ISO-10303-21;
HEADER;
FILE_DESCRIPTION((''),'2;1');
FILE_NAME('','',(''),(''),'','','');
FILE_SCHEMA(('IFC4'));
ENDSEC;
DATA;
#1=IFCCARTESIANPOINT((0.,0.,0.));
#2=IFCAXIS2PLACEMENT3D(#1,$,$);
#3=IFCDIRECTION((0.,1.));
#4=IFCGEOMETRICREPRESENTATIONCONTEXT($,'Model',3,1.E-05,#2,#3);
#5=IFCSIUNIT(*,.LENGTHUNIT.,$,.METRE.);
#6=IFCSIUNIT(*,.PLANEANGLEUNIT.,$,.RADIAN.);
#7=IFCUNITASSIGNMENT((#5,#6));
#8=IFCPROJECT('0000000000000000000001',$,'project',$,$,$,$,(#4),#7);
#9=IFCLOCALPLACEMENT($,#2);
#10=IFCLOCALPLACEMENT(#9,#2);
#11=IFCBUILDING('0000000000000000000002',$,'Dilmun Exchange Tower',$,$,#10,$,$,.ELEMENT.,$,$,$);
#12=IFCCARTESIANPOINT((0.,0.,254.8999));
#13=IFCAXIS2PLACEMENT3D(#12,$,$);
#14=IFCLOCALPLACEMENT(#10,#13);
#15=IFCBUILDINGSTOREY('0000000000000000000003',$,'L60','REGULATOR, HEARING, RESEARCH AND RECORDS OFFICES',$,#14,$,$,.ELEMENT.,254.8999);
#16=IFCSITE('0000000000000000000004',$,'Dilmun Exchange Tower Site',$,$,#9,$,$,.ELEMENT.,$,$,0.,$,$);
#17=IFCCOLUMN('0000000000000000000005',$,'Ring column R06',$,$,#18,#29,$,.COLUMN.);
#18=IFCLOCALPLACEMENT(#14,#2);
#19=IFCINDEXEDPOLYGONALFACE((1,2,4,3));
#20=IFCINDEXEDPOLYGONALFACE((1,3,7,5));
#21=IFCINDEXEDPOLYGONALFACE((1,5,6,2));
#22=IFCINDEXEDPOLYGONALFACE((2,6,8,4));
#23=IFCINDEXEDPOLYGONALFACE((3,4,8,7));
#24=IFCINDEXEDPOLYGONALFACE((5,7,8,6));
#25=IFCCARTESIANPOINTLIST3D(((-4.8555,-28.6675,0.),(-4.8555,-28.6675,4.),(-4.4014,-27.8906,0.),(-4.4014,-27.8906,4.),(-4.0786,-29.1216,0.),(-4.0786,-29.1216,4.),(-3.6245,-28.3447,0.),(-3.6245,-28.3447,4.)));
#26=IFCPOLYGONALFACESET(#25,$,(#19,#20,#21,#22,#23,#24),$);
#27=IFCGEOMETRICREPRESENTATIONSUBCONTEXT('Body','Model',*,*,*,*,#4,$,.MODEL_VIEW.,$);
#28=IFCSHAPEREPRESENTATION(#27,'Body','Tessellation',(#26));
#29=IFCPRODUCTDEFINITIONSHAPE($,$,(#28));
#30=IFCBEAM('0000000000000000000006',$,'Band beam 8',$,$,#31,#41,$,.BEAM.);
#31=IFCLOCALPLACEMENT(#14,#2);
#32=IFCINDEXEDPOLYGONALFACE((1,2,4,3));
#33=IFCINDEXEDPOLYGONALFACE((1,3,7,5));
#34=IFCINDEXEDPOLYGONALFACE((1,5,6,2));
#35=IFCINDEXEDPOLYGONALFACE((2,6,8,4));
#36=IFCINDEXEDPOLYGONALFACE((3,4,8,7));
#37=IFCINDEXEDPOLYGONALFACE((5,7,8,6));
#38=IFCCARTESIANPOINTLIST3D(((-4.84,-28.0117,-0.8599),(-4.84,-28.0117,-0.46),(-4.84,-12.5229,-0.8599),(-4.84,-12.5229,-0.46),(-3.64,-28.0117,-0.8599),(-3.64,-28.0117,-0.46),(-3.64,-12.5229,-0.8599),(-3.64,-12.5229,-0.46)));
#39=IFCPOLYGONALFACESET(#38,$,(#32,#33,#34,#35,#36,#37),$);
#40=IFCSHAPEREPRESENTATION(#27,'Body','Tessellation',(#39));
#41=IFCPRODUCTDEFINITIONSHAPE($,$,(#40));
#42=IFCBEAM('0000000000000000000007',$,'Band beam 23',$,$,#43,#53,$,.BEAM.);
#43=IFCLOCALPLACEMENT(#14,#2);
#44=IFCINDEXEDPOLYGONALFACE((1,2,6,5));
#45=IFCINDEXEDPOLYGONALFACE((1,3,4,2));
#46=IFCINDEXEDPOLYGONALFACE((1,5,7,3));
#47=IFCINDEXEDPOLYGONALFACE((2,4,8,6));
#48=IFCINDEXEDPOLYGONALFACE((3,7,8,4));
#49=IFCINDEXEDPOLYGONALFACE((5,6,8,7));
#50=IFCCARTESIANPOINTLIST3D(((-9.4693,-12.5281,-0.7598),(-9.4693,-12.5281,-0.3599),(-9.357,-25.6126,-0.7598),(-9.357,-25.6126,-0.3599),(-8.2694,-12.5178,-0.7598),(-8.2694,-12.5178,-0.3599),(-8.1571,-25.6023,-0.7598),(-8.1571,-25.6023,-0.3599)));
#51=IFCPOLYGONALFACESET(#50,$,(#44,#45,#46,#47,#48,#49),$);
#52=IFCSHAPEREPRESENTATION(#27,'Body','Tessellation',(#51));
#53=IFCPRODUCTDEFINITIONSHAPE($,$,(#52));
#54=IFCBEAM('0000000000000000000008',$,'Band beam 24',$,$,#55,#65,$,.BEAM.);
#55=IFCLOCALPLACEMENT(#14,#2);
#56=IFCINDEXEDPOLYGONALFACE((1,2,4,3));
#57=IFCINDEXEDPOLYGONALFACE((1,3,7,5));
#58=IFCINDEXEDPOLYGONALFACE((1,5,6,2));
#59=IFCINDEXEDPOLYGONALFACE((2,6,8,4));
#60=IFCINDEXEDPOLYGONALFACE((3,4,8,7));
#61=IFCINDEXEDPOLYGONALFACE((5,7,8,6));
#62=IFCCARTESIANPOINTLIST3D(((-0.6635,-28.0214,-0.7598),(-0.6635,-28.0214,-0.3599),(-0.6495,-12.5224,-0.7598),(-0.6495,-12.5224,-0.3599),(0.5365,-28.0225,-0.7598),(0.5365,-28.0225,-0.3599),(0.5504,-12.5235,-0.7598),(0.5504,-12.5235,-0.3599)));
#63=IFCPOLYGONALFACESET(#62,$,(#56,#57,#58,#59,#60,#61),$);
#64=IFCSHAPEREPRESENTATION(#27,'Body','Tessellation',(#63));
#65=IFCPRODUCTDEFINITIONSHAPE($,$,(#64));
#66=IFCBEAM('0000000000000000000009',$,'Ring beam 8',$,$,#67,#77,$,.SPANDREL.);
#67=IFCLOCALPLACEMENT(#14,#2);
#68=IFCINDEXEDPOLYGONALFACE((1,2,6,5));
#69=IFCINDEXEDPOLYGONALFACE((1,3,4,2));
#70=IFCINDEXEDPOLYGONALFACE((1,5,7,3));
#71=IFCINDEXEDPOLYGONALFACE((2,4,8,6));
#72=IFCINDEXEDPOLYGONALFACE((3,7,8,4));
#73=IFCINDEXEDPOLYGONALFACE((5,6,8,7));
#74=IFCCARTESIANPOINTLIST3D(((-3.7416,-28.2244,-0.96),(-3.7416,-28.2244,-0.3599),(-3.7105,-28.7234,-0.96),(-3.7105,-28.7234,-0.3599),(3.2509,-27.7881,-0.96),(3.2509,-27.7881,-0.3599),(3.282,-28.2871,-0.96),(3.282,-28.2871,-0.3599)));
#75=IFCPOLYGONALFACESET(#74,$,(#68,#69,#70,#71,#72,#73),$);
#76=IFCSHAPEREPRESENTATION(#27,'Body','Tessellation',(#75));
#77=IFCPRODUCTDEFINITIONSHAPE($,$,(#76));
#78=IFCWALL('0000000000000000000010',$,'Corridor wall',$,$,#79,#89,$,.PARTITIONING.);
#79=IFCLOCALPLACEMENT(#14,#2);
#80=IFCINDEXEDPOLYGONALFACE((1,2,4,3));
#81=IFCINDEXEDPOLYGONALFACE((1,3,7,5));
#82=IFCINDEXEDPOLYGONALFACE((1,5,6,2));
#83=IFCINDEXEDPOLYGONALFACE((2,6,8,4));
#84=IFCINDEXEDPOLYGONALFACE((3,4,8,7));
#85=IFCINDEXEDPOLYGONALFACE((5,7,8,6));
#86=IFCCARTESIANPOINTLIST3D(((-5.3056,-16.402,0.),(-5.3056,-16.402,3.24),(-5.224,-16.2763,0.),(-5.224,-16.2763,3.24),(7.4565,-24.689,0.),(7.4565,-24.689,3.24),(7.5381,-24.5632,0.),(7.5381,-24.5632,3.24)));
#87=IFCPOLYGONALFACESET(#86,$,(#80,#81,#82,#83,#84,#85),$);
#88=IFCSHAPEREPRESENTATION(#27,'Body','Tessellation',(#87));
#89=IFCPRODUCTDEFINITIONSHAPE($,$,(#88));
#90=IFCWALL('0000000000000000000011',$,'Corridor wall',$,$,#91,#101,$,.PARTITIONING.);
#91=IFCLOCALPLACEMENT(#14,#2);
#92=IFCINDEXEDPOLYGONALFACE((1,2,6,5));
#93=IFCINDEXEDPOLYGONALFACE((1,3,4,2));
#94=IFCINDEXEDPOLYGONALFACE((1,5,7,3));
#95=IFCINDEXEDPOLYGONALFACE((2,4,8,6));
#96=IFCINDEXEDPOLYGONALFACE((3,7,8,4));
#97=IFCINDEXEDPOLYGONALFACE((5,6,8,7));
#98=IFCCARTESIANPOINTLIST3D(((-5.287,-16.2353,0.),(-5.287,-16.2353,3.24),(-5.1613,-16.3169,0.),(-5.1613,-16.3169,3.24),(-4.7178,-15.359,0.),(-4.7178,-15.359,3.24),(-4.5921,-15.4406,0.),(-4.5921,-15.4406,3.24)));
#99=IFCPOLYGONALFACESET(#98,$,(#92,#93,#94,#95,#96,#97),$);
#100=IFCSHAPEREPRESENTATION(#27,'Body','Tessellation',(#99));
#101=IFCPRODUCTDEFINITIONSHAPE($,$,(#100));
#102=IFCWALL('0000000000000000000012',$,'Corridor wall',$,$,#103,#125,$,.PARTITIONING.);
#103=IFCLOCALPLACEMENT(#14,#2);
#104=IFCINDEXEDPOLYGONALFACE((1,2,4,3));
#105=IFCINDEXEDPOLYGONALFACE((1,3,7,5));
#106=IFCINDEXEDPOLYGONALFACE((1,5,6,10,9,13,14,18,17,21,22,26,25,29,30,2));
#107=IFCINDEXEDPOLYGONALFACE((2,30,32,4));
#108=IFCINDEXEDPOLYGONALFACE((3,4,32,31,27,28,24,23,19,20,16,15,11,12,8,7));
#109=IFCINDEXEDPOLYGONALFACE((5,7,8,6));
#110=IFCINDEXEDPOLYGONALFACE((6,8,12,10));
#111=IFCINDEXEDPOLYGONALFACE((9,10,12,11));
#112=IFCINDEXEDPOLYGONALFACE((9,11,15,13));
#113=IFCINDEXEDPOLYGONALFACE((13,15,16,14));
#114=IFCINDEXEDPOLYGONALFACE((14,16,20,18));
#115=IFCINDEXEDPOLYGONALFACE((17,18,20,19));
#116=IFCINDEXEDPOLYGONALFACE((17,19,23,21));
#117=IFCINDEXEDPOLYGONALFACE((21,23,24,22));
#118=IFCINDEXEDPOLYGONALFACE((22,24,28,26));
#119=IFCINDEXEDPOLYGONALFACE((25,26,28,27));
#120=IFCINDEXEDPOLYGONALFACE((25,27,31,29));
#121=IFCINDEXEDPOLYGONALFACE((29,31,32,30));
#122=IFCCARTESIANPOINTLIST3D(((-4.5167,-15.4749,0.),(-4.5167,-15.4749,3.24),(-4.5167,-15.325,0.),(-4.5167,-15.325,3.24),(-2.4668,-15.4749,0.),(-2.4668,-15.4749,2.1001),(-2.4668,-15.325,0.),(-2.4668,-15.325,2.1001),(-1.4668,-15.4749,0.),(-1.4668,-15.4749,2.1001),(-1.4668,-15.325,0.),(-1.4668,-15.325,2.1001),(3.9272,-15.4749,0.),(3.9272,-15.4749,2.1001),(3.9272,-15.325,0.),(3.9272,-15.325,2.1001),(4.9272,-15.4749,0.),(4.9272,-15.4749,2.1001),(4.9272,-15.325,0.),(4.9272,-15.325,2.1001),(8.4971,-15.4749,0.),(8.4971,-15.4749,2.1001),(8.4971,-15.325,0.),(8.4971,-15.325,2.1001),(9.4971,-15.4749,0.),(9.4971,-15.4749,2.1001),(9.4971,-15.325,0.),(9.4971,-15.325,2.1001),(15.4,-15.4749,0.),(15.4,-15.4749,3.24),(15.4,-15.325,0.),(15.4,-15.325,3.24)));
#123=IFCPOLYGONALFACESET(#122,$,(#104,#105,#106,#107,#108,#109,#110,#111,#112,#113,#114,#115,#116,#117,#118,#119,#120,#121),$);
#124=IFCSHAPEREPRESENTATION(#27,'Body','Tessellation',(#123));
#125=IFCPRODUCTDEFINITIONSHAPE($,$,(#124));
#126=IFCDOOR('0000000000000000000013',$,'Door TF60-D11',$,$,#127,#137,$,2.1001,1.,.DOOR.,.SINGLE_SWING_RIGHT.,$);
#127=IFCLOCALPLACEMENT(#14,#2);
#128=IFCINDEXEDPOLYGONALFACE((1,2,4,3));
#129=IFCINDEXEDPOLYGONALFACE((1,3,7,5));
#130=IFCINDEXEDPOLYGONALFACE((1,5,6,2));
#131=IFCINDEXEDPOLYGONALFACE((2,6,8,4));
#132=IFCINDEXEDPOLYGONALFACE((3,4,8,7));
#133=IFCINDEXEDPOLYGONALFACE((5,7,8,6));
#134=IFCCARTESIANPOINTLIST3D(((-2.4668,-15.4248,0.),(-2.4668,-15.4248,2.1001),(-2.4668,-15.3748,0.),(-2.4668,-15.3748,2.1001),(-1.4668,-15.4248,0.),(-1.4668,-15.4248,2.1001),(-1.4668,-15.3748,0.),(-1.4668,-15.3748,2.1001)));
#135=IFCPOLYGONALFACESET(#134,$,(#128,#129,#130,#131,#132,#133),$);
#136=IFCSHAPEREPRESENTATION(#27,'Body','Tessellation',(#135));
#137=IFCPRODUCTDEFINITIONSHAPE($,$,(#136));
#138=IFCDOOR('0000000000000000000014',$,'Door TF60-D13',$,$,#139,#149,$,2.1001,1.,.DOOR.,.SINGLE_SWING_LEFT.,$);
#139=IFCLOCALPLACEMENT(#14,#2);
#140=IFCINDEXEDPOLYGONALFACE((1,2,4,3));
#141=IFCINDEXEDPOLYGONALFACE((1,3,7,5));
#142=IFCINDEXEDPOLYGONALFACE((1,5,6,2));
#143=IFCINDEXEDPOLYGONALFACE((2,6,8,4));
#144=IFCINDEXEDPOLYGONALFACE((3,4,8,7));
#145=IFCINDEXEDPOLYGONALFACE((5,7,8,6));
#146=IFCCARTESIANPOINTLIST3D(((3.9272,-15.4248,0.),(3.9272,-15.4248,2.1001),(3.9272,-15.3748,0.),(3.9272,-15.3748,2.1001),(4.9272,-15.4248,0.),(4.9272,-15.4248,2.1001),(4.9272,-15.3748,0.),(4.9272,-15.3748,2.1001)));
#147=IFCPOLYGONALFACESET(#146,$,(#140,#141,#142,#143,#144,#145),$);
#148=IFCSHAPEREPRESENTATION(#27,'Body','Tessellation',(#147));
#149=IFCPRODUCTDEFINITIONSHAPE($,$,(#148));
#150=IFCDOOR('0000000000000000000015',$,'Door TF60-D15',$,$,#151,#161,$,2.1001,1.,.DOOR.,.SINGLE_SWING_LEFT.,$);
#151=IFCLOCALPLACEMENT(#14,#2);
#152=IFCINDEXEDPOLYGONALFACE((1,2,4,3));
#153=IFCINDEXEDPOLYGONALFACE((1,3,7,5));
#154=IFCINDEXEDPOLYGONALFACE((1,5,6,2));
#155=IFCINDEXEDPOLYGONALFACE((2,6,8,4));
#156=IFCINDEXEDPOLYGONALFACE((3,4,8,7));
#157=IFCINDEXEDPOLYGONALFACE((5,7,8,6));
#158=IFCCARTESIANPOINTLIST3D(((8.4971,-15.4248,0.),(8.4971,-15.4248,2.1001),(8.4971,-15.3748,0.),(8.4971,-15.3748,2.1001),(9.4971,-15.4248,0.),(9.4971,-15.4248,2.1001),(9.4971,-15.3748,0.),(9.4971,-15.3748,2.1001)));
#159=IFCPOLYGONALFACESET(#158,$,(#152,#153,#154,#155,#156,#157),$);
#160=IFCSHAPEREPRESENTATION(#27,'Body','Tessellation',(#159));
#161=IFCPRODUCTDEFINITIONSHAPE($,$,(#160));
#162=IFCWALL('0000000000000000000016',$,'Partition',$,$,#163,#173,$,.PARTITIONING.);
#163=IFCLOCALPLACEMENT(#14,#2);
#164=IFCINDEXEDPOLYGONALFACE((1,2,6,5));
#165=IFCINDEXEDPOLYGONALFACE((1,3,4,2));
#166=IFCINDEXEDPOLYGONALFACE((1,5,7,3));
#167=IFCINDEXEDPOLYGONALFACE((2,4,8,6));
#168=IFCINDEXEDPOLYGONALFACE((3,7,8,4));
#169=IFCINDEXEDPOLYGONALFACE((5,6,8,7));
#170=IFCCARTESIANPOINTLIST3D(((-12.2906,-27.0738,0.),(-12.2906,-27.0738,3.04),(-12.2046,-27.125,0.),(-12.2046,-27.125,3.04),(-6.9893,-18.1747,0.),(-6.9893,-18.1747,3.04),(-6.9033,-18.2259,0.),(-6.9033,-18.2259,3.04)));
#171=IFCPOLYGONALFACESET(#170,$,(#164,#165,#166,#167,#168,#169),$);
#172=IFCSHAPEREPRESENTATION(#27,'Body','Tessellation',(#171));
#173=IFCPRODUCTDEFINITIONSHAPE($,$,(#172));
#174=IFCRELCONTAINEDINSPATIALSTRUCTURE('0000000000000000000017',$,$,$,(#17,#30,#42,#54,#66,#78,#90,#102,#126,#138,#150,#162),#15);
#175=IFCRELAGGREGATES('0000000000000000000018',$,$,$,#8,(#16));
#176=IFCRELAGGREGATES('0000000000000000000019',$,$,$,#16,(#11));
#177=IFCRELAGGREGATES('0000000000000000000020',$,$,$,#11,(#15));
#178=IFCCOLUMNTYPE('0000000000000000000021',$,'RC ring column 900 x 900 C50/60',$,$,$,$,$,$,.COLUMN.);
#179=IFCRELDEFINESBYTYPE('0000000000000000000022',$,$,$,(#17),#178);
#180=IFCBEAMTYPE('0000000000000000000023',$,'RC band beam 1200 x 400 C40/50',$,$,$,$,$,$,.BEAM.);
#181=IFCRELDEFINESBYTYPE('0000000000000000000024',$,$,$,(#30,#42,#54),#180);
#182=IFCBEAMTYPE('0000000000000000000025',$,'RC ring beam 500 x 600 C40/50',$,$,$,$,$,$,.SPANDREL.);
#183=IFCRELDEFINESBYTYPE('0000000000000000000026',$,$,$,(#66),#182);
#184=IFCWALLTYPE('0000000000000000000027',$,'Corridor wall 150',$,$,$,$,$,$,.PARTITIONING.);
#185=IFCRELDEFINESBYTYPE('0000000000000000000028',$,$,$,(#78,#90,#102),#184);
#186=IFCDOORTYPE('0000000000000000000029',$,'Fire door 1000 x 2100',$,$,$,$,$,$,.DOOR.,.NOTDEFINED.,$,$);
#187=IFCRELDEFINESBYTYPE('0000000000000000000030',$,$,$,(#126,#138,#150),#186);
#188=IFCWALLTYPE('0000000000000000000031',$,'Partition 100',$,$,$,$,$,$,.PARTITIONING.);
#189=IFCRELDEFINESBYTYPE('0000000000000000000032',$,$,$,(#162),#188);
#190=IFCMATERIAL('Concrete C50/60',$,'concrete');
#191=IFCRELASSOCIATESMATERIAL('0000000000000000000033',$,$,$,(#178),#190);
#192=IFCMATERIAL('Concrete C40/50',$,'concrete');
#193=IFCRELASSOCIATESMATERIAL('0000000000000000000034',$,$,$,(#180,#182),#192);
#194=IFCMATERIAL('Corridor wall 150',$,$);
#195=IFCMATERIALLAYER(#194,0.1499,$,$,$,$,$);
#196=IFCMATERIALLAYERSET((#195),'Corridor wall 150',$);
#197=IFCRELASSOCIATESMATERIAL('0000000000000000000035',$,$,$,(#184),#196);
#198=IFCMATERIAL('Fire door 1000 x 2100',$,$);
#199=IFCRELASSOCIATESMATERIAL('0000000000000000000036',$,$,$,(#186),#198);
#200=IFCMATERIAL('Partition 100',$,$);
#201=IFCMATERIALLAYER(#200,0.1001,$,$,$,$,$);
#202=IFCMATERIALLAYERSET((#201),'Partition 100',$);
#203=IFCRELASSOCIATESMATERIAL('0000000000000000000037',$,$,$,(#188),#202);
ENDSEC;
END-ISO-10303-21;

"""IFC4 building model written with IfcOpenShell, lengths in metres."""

from ifc_helpers import new_model, si_unit, direction, frame, frame_2d, origin, origin_2d, place, context, subcontext, project, spatial, rectangle, extrude, material, layer, layer_set, material_profile, profile_set, type_object, element, fill, save


model = new_model("IFC4")

# Units and contexts
model_context = context("Model", 3, precision=1e-05, world=origin(), true_north=direction((0.0, 1.0)))
body_context = subcontext(model_context, "Body", "Model", "MODEL_VIEW")
ifc_project = project(units=[si_unit("LENGTHUNIT", "METRE"), si_unit("PLANEANGLEUNIT", "RADIAN")], contexts=[model_context])

# Site, building, storey
site_placement = place(None, origin())
site = spatial("IfcSite", under=ifc_project, at=site_placement, Name="Dilmun Exchange Tower Site", CompositionType="ELEMENT", RefElevation=0.0)
building_placement = place(site_placement, origin())
building = spatial("IfcBuilding", under=site, at=building_placement, Name="Dilmun Exchange Tower", CompositionType="ELEMENT")
storey_placement = place(building_placement, frame((0.0, 0.0, 254.8999)))
storey = spatial("IfcBuildingStorey", under=building, at=storey_placement, Name="L60", Description="REGULATOR, HEARING, RESEARCH AND RECORDS OFFICES", CompositionType="ELEMENT", Elevation=254.8999)

# Column
ifc_material_1 = material(Name="Concrete C50/60", Category="concrete")
ifc_material_profile_1 = material_profile(ifc_material_1, rectangle(XDim=0.8999, YDim=0.8999, at=origin_2d()), Name="900 x 900")
ifc_profile_set_1 = profile_set([ifc_material_profile_1], Name="Concrete C50/60")
column_type = type_object("IfcColumnType", Name="RC ring column 900 x 900 C50/60", PredefinedType="COLUMN", material=ifc_profile_set_1)
column_placement = place(storey_placement, frame((-4.24, -28.5061, 0.0), z_axis=(0.0, 0.0, 1.0), x_axis=(0.504644, 0.863328, 0.0)))
element("IfcColumn", 1, at=column_placement, inside=storey, type_object=column_type, Name="Ring column R06", PredefinedType="COLUMN", context=body_context, shape_type="SweptSolid", body=[
    extrude(rectangle(XDim=0.8999, YDim=0.8999, at=origin_2d()), origin(), (0.0, 0.0, 1.0), 4.0),
])

# Beams
ifc_material_2 = material(Name="Concrete C40/50", Category="concrete")
ifc_material_profile_2 = material_profile(ifc_material_2, rectangle(XDim=1.2, YDim=0.3999, at=origin_2d()), Name="1200 x 400")
ifc_profile_set_2 = profile_set([ifc_material_profile_2], Name="Concrete C40/50")
beam_type_1 = type_object("IfcBeamType", Name="RC band beam 1200 x 400 C40/50", PredefinedType="BEAM", material=ifc_profile_set_2)
beam_1_placement = place(storey_placement, frame((-4.24, -28.0117, -0.6599), z_axis=(0.0, 1.0, 0.0), x_axis=(-1.0, 0.0, 0.0)))
element("IfcBeam", 2, at=beam_1_placement, inside=storey, type_object=beam_type_1, Name="Band beam 8", PredefinedType="BEAM", context=body_context, shape_type="SweptSolid", body=[
    extrude(rectangle(XDim=1.2, YDim=0.3999, at=origin_2d()), origin(), (0.0, 0.0, 1.0), 15.4888),
])
beam_2_placement = place(storey_placement, frame((-8.7571, -25.6074, -0.5598), z_axis=(-0.008583, 0.999963, 0.0), x_axis=(-0.999963, -0.008583, 0.0)))
element("IfcBeam", 3, at=beam_2_placement, inside=storey, type_object=beam_type_1, Name="Band beam 23", PredefinedType="BEAM", context=body_context, shape_type="SweptSolid", body=[
    extrude(rectangle(XDim=1.2, YDim=0.3999, at=origin_2d()), origin(), (0.0, 0.0, 1.0), 13.085),
])
beam_3_placement = place(storey_placement, frame((-0.0635, -28.022, -0.5598), z_axis=(0.000898, 1.0, 0.0), x_axis=(-1.0, 0.000898, 0.0)))
element("IfcBeam", 4, at=beam_3_placement, inside=storey, type_object=beam_type_1, Name="Band beam 24", PredefinedType="BEAM", context=body_context, shape_type="SweptSolid", body=[
    extrude(rectangle(XDim=1.2, YDim=0.3999, at=origin_2d()), origin(), (0.0, 0.0, 1.0), 15.499),
])
ifc_material_profile_3 = material_profile(ifc_material_2, rectangle(XDim=0.5, YDim=0.6001, at=origin_2d()), Name="500 x 600")
ifc_profile_set_3 = profile_set([ifc_material_profile_3], Name="Concrete C40/50")
beam_type_2 = type_object("IfcBeamType", Name="RC ring beam 500 x 600 C40/50", PredefinedType="SPANDREL", material=ifc_profile_set_3)
beam_4_placement = place(storey_placement, frame((-3.7261, -28.4739, -0.6599), z_axis=(0.998059, 0.062272, 0.0), x_axis=(-0.062272, 0.998059, 0.0)))
element("IfcBeam", 5, at=beam_4_placement, inside=storey, type_object=beam_type_2, Name="Ring beam 8", PredefinedType="SPANDREL", context=body_context, shape_type="SweptSolid", body=[
    extrude(rectangle(XDim=0.5, YDim=0.6001, at=origin_2d()), origin(), (0.0, 0.0, 1.0), 7.0061),
])

# Walls
ifc_material_3 = material(Name="Corridor wall 150")
ifc_layer_1 = layer(ifc_material_3, 0.1499)
ifc_layer_set_1 = layer_set([ifc_layer_1], Name="Corridor wall 150")
wall_type_1 = type_object("IfcWallType", Name="Corridor wall 150", PredefinedType="PARTITIONING", material=ifc_layer_set_1)
wall_1_placement = place(storey_placement, frame((-5.2649, -16.3391, 0.0), z_axis=(0.0, 0.0, 1.0), x_axis=(0.838696, -0.5446, 0.0)))
element("IfcWall", 6, at=wall_1_placement, inside=storey, type_object=wall_type_1, Name="Corridor wall", PredefinedType="PARTITIONING", context=body_context, shape_type="SweptSolid", body=[
    extrude(rectangle(XDim=15.2166, YDim=0.1499, at=frame_2d((7.6084, 0.0))), origin(), (0.0, 0.0, 1.0), 3.24),
])
wall_2_placement = place(storey_placement, frame((-5.2241, -16.2761, 0.0), z_axis=(0.0, 0.0, 1.0), x_axis=(0.544684, 0.838641, 0.0)))
element("IfcWall", 7, at=wall_2_placement, inside=storey, type_object=wall_type_1, Name="Corridor wall", PredefinedType="PARTITIONING", context=body_context, shape_type="SweptSolid", body=[
    extrude(rectangle(XDim=1.0449, YDim=0.1499, at=frame_2d((0.5225, 0.0))), origin(), (0.0, 0.0, 1.0), 3.24),
])

# Wall, openings, doors
wall_3_placement = place(storey_placement, frame((-4.5168, -15.3999, 0.0), z_axis=(0.0, 0.0, 1.0), x_axis=(1.0, 0.0, 0.0)))
wall_3 = element("IfcWall", 8, at=wall_3_placement, inside=storey, type_object=wall_type_1, Name="Corridor wall", PredefinedType="PARTITIONING", context=body_context, shape_type="SweptSolid", body=[
    extrude(rectangle(XDim=19.9167, YDim=0.1499, at=frame_2d((9.9585, 0.0))), origin(), (0.0, 0.0, 1.0), 3.24),
])
opening_1_placement = place(wall_3_placement, frame((2.05, 0.0, 0.0)))
opening_1 = element("IfcOpeningElement", 9, at=opening_1_placement, cuts=wall_3, PredefinedType="OPENING", context=body_context, shape_type="SweptSolid", body=[
    extrude(rectangle(XDim=1.0, YDim=2.1001, at=frame_2d((0.5, 1.05))), frame((0.0, 0.085, 0.0), z_axis=(0.0, -1.0, 0.0), x_axis=(1.0, 0.0, 0.0)), (0.0, 0.0, 1.0), 0.1699),
])
opening_2_placement = place(wall_3_placement, frame((8.4441, 0.0, 0.0)))
opening_2 = element("IfcOpeningElement", 10, at=opening_2_placement, cuts=wall_3, PredefinedType="OPENING", context=body_context, shape_type="SweptSolid", body=[
    extrude(rectangle(XDim=1.0, YDim=2.1001, at=frame_2d((0.5, 1.05))), frame((0.0, 0.085, 0.0), z_axis=(0.0, -1.0, 0.0), x_axis=(1.0, 0.0, 0.0)), (0.0, 0.0, 1.0), 0.1699),
])
opening_3_placement = place(wall_3_placement, frame((13.0139, 0.0, 0.0)))
opening_3 = element("IfcOpeningElement", 11, at=opening_3_placement, cuts=wall_3, PredefinedType="OPENING", context=body_context, shape_type="SweptSolid", body=[
    extrude(rectangle(XDim=1.0, YDim=2.1001, at=frame_2d((0.5, 1.05))), frame((0.0, 0.085, 0.0), z_axis=(0.0, -1.0, 0.0), x_axis=(1.0, 0.0, 0.0)), (0.0, 0.0, 1.0), 0.1699),
])
ifc_material_4 = material(Name="Fire door 1000 x 2100")
door_type_1 = type_object("IfcDoorType", Name="Fire door 1000 x 2100", OperationType="NOTDEFINED", PredefinedType="DOOR", material=ifc_material_4)
door_1_placement = place(opening_1_placement, frame((1.0, 0.0, 0.0), z_axis=(0.0, 0.0, 1.0), x_axis=(-1.0, 0.0, 0.0)))
door_1 = element("IfcDoor", 12, at=door_1_placement, inside=storey, type_object=door_type_1, Name="Door TF60-D11", OperationType="SINGLE_SWING_RIGHT", OverallHeight=2.1001, OverallWidth=1.0, PredefinedType="DOOR", context=body_context, shape_type="SweptSolid", body=[
    extrude(rectangle(XDim=1.0, YDim=2.1001, at=frame_2d((0.5, 1.05))), frame((0.0, 0.0249, 0.0), z_axis=(0.0, -1.0, 0.0), x_axis=(1.0, 0.0, 0.0)), (0.0, 0.0, 1.0), 0.05),
])
fill(opening_1, door_1)
door_2_placement = place(opening_2_placement, frame((1.0, 0.0, 0.0), z_axis=(0.0, 0.0, 1.0), x_axis=(-1.0, 0.0, 0.0)))
door_2 = element("IfcDoor", 13, at=door_2_placement, inside=storey, type_object=door_type_1, Name="Door TF60-D13", OperationType="SINGLE_SWING_LEFT", OverallHeight=2.1001, OverallWidth=1.0, PredefinedType="DOOR", context=body_context, shape_type="SweptSolid", body=[
    extrude(rectangle(XDim=1.0, YDim=2.1001, at=frame_2d((0.5, 1.05))), frame((0.0, 0.0249, 0.0), z_axis=(0.0, -1.0, 0.0), x_axis=(1.0, 0.0, 0.0)), (0.0, 0.0, 1.0), 0.05),
])
fill(opening_2, door_2)
door_3_placement = place(opening_3_placement, frame((1.0, 0.0, 0.0), z_axis=(0.0, 0.0, 1.0), x_axis=(-1.0, 0.0, 0.0)))
door_3 = element("IfcDoor", 14, at=door_3_placement, inside=storey, type_object=door_type_1, Name="Door TF60-D15", OperationType="SINGLE_SWING_LEFT", OverallHeight=2.1001, OverallWidth=1.0, PredefinedType="DOOR", context=body_context, shape_type="SweptSolid", body=[
    extrude(rectangle(XDim=1.0, YDim=2.1001, at=frame_2d((0.5, 1.05))), frame((0.0, 0.0249, 0.0), z_axis=(0.0, -1.0, 0.0), x_axis=(1.0, 0.0, 0.0)), (0.0, 0.0, 1.0), 0.05),
])
fill(opening_3, door_3)

# Wall
ifc_material_5 = material(Name="Partition 100")
ifc_layer_2 = layer(ifc_material_5, 0.1001)
ifc_layer_set_2 = layer_set([ifc_layer_2], Name="Partition 100")
wall_type_2 = type_object("IfcWallType", Name="Partition 100", PredefinedType="PARTITIONING", material=ifc_layer_set_2)
wall_4_placement = place(storey_placement, frame((-12.2476, -27.0994, 0.0), z_axis=(0.0, 0.0, 1.0), x_axis=(0.511779, 0.859117, 0.0)))
element("IfcWall", 15, at=wall_4_placement, inside=storey, type_object=wall_type_2, Name="Partition", PredefinedType="PARTITIONING", context=body_context, shape_type="SweptSolid", body=[
    extrude(rectangle(XDim=10.3584, YDim=0.1001, at=frame_2d((5.1792, 0.0))), origin(), (0.0, 0.0, 1.0), 3.04),
])

save(model, "model.ifc")
